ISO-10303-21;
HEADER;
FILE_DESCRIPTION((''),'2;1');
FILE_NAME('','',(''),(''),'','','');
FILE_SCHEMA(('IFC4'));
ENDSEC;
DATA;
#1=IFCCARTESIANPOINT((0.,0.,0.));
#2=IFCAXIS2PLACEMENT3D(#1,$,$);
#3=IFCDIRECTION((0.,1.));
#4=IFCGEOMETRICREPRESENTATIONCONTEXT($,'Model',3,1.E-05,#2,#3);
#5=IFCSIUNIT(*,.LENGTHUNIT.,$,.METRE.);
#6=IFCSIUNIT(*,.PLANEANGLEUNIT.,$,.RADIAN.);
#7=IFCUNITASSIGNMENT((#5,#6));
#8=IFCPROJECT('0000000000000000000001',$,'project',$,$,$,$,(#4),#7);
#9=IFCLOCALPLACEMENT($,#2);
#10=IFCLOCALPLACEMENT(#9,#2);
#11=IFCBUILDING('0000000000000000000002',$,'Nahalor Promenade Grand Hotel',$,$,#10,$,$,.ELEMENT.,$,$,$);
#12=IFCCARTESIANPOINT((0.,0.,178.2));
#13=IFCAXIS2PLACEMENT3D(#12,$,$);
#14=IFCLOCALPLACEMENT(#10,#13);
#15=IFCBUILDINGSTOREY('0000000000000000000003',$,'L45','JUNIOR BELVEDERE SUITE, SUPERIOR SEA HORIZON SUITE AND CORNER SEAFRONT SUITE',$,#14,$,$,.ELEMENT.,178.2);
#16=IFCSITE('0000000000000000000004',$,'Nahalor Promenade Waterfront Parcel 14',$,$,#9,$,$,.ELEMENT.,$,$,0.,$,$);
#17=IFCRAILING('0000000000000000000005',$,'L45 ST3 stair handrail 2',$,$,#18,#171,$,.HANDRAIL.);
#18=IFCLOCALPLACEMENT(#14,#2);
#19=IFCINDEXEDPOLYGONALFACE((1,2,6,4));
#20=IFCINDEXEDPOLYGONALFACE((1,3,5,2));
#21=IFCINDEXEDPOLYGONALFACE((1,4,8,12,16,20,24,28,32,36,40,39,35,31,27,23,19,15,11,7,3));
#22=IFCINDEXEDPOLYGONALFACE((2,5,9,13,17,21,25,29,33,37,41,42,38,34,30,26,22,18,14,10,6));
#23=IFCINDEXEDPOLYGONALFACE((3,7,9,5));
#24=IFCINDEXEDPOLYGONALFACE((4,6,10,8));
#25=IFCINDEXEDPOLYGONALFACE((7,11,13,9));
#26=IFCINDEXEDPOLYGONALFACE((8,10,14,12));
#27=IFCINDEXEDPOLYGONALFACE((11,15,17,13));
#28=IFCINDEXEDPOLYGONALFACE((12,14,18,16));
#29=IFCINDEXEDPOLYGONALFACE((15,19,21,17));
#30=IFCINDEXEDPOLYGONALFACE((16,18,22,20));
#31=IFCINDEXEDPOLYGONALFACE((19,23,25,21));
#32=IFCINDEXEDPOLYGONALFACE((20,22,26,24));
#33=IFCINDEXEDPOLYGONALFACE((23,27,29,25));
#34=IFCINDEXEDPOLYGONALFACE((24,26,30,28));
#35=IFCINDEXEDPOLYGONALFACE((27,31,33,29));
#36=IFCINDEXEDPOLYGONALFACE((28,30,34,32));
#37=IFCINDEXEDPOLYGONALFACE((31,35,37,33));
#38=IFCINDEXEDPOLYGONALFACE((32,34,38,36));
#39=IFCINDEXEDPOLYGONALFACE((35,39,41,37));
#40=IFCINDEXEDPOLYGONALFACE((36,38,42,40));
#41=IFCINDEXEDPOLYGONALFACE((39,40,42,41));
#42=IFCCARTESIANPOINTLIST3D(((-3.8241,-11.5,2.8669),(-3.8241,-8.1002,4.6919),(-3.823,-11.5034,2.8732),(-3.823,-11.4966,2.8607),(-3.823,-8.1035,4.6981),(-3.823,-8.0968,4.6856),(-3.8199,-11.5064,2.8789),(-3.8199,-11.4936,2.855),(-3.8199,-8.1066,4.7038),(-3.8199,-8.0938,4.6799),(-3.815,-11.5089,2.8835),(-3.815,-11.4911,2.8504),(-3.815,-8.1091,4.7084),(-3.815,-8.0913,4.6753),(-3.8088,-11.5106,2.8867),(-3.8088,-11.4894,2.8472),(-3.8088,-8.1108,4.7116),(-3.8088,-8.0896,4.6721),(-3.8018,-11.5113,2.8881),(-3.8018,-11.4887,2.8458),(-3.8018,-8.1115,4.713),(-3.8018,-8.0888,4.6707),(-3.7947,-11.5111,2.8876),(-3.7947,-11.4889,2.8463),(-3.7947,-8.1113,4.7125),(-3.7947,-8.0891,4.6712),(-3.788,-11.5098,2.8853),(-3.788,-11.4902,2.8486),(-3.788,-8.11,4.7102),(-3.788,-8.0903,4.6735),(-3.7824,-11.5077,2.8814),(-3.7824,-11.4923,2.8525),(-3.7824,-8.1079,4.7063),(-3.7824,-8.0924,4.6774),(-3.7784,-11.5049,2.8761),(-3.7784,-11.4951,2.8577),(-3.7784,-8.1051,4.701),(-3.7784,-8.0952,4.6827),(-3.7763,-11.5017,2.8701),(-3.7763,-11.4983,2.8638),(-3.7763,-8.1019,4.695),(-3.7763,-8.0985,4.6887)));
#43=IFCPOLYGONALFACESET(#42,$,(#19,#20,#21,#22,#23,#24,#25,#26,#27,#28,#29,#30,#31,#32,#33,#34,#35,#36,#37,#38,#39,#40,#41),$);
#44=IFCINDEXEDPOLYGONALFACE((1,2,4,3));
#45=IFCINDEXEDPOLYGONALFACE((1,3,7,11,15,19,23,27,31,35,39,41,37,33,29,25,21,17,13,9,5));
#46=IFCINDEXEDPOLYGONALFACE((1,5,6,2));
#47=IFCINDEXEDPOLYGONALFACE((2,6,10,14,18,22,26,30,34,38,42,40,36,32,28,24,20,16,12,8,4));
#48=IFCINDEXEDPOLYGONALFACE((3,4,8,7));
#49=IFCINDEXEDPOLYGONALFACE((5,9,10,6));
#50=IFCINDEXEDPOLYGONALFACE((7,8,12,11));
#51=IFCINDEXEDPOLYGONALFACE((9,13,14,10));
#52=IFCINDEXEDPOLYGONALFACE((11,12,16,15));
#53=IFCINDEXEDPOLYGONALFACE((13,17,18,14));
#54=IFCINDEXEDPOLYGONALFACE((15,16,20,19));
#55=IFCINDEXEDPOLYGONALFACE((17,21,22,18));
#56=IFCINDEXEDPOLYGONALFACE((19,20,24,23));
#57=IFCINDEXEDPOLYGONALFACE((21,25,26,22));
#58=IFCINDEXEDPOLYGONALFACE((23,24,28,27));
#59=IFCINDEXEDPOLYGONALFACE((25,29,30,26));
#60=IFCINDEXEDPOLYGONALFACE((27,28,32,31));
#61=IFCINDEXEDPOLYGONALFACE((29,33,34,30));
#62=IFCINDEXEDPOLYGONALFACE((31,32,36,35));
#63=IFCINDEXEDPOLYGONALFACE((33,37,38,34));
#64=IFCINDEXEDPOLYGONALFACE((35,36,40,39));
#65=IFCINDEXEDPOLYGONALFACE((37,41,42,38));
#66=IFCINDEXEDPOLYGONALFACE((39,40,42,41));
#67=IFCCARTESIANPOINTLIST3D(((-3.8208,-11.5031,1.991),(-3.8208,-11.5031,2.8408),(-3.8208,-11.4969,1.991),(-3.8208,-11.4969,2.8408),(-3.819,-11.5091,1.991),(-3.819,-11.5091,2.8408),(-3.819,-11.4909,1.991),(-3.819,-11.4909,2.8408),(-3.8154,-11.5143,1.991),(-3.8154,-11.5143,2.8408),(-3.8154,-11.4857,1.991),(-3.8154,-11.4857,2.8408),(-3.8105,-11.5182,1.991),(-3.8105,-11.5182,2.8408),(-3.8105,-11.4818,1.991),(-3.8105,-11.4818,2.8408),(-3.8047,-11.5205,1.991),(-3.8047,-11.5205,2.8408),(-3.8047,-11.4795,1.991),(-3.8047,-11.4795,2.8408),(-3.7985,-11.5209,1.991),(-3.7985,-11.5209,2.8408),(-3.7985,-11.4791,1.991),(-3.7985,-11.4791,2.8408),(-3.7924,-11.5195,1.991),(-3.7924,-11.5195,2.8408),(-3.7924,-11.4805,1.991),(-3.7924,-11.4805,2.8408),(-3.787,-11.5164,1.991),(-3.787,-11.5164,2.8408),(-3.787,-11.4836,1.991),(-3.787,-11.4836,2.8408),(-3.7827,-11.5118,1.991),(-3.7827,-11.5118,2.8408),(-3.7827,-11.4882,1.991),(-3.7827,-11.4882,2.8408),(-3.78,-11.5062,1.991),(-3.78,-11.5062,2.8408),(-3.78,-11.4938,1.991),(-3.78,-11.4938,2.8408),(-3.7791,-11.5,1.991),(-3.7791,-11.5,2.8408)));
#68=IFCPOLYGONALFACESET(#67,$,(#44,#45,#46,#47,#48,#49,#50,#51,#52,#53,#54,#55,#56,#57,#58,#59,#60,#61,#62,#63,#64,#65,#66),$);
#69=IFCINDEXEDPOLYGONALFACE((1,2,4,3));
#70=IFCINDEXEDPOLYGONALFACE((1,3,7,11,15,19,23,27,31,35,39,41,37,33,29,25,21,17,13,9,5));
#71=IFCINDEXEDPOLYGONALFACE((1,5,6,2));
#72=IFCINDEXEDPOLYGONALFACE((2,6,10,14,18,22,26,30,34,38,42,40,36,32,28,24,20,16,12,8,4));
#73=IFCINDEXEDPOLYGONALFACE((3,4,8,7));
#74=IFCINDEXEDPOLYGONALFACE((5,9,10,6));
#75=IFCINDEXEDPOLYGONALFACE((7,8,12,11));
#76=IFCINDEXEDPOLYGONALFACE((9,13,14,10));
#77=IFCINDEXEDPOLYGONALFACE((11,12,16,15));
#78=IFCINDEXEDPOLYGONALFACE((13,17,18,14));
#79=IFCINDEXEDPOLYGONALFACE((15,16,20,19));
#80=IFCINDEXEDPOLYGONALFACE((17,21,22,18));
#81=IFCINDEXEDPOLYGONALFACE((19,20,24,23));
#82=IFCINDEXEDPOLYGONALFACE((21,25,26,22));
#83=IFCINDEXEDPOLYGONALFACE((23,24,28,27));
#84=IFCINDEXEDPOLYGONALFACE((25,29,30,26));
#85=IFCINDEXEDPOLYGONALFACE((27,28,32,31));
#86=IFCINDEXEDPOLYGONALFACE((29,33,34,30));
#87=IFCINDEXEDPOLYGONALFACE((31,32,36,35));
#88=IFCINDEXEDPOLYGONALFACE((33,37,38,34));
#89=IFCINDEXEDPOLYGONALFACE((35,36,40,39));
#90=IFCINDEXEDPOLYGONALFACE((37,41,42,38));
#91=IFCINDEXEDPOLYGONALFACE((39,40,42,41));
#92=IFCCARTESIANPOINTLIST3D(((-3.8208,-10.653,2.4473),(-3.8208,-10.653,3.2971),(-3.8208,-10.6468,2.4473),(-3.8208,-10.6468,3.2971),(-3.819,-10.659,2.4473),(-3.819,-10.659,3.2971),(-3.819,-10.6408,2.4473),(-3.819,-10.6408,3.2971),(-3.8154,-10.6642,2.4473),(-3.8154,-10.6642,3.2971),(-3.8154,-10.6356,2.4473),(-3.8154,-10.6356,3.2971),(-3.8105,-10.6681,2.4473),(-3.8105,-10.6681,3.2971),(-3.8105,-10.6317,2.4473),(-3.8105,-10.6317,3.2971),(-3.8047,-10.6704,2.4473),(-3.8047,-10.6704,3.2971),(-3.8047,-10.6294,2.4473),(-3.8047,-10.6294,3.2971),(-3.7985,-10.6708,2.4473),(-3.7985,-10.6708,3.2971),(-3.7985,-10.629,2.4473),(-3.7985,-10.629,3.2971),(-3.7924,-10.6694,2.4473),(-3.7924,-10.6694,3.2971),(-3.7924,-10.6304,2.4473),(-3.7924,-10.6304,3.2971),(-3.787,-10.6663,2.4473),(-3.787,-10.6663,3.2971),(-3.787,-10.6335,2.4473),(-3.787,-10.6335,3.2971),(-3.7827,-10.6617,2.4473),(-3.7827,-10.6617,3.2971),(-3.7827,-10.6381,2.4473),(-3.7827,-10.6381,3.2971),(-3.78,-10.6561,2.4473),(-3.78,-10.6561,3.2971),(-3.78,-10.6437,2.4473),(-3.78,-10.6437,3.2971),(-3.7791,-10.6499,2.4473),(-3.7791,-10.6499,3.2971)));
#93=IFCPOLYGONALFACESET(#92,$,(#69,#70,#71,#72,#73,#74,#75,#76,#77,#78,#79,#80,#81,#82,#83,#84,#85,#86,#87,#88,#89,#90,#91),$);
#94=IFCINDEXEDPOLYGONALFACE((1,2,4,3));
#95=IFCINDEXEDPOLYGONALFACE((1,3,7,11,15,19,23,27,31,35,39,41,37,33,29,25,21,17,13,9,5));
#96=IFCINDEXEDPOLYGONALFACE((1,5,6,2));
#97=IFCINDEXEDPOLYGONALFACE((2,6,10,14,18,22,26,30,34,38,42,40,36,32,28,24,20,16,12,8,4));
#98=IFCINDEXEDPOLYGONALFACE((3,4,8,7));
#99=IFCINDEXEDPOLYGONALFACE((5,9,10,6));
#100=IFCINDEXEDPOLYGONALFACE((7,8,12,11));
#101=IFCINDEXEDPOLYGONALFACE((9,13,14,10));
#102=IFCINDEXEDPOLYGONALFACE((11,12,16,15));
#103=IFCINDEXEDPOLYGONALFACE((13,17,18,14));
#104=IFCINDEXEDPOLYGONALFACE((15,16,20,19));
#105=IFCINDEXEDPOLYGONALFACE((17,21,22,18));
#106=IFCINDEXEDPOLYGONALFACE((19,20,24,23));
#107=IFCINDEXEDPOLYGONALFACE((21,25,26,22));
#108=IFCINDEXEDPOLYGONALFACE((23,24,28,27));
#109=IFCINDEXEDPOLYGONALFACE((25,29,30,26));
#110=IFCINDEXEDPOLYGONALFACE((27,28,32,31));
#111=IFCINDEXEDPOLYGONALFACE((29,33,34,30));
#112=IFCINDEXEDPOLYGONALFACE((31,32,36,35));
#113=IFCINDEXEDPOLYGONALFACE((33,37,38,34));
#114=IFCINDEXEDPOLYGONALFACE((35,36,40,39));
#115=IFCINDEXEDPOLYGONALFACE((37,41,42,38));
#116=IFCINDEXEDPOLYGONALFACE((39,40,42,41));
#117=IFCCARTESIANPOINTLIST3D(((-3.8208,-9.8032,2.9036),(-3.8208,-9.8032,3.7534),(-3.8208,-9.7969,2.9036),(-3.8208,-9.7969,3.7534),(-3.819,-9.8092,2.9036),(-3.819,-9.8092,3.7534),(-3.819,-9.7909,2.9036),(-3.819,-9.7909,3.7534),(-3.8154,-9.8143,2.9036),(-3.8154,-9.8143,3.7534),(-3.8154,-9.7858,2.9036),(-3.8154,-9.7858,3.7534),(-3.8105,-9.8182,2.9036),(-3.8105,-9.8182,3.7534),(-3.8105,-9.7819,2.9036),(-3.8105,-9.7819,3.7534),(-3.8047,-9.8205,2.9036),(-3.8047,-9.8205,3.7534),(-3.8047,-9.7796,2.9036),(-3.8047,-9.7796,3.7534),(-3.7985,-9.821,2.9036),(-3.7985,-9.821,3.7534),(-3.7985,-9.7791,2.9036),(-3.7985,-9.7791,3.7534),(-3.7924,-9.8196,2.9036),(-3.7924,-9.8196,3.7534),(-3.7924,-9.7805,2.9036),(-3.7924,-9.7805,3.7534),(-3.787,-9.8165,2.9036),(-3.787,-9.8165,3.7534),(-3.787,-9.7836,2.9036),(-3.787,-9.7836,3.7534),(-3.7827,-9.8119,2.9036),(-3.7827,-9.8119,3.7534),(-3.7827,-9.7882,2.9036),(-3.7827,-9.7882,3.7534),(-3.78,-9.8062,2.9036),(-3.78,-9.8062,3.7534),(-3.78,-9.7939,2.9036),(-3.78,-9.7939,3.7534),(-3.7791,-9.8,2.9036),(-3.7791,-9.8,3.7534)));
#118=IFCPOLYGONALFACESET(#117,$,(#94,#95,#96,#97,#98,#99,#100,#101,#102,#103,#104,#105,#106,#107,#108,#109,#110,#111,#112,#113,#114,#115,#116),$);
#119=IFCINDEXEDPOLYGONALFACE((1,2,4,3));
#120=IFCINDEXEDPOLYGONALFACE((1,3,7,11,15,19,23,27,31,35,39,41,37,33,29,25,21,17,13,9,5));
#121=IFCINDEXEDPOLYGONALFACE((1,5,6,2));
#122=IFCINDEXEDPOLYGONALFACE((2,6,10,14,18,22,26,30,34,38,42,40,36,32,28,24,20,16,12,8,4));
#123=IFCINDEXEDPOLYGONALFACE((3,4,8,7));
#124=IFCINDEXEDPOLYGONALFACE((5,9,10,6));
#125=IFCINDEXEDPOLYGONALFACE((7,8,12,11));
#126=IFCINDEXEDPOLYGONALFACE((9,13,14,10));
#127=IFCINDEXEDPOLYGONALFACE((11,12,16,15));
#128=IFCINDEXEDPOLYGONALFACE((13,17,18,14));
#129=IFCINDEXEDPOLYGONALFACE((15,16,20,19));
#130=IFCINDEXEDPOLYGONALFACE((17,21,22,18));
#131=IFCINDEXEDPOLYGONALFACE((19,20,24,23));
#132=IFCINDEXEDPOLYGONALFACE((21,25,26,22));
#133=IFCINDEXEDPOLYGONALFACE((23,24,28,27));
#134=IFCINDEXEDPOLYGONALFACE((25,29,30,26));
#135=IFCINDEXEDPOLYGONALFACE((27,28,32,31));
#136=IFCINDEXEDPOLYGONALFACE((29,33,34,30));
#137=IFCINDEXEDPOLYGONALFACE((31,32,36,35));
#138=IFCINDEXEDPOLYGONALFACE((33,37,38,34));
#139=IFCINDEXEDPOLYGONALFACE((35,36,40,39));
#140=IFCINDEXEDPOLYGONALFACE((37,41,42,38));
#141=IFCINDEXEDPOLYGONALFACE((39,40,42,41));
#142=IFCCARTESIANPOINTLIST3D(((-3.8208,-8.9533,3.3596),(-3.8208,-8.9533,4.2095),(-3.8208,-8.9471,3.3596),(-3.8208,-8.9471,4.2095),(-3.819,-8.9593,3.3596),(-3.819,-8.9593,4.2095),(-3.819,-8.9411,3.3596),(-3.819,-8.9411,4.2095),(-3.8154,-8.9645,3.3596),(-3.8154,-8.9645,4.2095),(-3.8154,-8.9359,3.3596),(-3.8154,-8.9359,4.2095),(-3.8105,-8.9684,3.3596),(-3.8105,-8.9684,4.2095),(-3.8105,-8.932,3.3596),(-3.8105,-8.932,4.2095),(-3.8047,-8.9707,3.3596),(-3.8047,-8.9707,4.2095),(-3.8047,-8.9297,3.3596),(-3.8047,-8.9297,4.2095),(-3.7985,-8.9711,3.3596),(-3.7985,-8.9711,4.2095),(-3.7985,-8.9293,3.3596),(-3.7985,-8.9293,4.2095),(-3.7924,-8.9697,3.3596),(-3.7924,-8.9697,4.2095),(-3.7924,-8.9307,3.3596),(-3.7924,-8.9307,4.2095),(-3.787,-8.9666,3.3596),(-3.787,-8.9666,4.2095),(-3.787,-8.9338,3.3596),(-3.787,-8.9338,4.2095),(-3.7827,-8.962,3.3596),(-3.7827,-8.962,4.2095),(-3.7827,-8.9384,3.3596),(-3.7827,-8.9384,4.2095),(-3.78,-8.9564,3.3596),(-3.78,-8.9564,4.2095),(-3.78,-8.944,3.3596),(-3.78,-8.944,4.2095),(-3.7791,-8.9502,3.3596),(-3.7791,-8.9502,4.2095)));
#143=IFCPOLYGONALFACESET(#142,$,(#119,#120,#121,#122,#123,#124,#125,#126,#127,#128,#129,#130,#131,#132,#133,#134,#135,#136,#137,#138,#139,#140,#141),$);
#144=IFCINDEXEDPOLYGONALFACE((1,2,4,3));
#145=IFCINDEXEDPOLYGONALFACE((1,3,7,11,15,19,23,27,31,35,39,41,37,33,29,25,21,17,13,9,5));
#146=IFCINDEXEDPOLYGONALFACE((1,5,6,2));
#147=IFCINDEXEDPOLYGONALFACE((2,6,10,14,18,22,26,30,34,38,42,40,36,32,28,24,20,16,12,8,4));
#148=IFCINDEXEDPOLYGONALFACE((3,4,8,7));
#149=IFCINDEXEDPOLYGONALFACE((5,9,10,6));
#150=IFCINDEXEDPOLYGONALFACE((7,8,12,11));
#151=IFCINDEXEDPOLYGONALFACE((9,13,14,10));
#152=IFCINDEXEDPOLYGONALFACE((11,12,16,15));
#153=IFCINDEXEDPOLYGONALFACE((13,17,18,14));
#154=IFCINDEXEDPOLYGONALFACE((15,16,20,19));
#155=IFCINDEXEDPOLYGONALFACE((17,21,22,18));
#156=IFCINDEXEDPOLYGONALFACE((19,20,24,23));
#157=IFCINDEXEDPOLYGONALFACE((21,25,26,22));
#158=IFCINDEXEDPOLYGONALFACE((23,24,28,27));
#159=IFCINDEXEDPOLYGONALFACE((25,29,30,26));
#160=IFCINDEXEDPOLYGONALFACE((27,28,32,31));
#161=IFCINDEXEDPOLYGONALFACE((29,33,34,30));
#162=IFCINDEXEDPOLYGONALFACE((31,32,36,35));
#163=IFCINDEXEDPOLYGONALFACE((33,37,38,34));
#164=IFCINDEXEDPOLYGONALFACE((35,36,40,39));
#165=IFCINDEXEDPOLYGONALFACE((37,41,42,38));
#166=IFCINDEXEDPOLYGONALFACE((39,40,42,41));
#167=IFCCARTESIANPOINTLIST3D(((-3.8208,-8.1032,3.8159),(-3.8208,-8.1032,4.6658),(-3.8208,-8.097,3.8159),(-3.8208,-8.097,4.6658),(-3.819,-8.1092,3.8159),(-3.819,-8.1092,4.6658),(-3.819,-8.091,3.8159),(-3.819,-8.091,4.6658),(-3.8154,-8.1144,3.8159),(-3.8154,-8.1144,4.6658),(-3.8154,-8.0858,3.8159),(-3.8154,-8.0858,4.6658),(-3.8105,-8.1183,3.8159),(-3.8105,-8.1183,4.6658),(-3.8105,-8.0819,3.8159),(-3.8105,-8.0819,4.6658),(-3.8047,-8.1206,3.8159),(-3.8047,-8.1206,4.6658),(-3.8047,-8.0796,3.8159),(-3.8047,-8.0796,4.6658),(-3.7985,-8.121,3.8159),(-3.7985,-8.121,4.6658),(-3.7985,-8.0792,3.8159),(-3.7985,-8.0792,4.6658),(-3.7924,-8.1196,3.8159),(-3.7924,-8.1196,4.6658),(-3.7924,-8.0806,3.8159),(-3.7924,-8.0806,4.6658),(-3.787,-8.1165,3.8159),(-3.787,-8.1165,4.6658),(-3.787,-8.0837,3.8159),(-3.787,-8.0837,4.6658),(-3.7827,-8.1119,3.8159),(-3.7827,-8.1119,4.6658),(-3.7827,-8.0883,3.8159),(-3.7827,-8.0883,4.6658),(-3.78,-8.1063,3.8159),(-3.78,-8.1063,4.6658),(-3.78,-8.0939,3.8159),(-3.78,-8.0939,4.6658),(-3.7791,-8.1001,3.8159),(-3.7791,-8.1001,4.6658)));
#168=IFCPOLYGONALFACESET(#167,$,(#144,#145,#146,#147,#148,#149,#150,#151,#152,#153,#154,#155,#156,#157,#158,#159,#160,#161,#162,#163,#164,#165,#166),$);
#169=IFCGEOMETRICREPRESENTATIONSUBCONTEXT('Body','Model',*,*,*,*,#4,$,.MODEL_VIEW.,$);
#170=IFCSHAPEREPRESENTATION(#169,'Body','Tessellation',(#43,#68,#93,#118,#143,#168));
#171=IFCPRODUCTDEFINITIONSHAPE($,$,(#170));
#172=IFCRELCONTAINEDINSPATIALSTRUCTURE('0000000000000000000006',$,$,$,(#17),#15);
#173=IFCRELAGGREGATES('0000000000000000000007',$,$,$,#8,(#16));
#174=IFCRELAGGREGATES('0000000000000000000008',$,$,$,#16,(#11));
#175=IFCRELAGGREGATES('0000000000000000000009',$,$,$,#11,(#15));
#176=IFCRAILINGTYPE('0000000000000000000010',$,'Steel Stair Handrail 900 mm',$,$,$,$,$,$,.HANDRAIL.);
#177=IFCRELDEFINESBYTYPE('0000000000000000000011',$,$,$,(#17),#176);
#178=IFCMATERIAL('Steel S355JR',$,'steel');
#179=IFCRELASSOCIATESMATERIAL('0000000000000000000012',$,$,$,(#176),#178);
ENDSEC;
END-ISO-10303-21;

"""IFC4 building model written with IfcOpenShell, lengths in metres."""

from ifc_helpers import new_model, si_unit, direction, frame, origin, origin_2d, place, context, subcontext, project, spatial, circle, extrude, material, type_object, element, save


model = new_model("IFC4")

# Units and contexts
model_context = context("Model", 3, precision=1e-05, world=origin(), true_north=direction((0.0, 1.0)))
body_context = subcontext(model_context, "Body", "Model", "MODEL_VIEW")
ifc_project = project(units=[si_unit("LENGTHUNIT", "METRE"), si_unit("PLANEANGLEUNIT", "RADIAN")], contexts=[model_context])

# Site, building, storey
site_placement = place(None, origin())
site = spatial("IfcSite", under=ifc_project, at=site_placement, Name="Nahalor Promenade Waterfront Parcel 14", CompositionType="ELEMENT", RefElevation=0.0)
building_placement = place(site_placement, origin())
building = spatial("IfcBuilding", under=site, at=building_placement, Name="Nahalor Promenade Grand Hotel", CompositionType="ELEMENT")
storey_placement = place(building_placement, frame((0.0, 0.0, 178.2)))
storey = spatial("IfcBuildingStorey", under=building, at=storey_placement, Name="L45", Description="JUNIOR BELVEDERE SUITE, SUPERIOR SEA HORIZON SUITE AND CORNER SEAFRONT SUITE", CompositionType="ELEMENT", Elevation=178.2)

# Shared definitions
ifc_material_1 = material(Name="Steel S355JR", Category="steel")

# Railing
railing_type_1 = type_object("IfcRailingType", Name="Steel Stair Handrail 900 mm", PredefinedType="HANDRAIL", material=ifc_material_1)
railing_1_placement = place(storey_placement, frame((-3.8, -11.5, 1.991)))
element("IfcRailing", 1, at=railing_1_placement, inside=storey, type_object=railing_type_1, Name="L45 ST3 stair handrail 2", PredefinedType="HANDRAIL", context=body_context, shape_type="SweptSolid", body=[
    extrude(circle(Radius=0.024, at=origin_2d()), frame((0.0, 0.0, 0.876), z_axis=(0.0, 0.881094, 0.472941), x_axis=(-1.0, 0.0, 0.0)), (0.0, 0.0, 1.0), 3.8586),
    extrude(circle(Radius=0.021, at=origin_2d()), origin(), (0.0, 0.0, 1.0), 0.8499),
    extrude(circle(Radius=0.021, at=origin_2d()), frame((0.0, 0.8501, 0.4563)), (0.0, 0.0, 1.0), 0.8499),
    extrude(circle(Radius=0.021, at=origin_2d()), frame((0.0, 1.7, 0.9126)), (0.0, 0.0, 1.0), 0.8499),
    extrude(circle(Radius=0.021, at=origin_2d()), frame((0.0, 2.5498, 1.3687)), (0.0, 0.0, 1.0), 0.8499),
    extrude(circle(Radius=0.021, at=origin_2d()), frame((0.0, 3.3999, 1.825)), (0.0, 0.0, 1.0), 0.8499),
])

save(model, "model.ifc")
